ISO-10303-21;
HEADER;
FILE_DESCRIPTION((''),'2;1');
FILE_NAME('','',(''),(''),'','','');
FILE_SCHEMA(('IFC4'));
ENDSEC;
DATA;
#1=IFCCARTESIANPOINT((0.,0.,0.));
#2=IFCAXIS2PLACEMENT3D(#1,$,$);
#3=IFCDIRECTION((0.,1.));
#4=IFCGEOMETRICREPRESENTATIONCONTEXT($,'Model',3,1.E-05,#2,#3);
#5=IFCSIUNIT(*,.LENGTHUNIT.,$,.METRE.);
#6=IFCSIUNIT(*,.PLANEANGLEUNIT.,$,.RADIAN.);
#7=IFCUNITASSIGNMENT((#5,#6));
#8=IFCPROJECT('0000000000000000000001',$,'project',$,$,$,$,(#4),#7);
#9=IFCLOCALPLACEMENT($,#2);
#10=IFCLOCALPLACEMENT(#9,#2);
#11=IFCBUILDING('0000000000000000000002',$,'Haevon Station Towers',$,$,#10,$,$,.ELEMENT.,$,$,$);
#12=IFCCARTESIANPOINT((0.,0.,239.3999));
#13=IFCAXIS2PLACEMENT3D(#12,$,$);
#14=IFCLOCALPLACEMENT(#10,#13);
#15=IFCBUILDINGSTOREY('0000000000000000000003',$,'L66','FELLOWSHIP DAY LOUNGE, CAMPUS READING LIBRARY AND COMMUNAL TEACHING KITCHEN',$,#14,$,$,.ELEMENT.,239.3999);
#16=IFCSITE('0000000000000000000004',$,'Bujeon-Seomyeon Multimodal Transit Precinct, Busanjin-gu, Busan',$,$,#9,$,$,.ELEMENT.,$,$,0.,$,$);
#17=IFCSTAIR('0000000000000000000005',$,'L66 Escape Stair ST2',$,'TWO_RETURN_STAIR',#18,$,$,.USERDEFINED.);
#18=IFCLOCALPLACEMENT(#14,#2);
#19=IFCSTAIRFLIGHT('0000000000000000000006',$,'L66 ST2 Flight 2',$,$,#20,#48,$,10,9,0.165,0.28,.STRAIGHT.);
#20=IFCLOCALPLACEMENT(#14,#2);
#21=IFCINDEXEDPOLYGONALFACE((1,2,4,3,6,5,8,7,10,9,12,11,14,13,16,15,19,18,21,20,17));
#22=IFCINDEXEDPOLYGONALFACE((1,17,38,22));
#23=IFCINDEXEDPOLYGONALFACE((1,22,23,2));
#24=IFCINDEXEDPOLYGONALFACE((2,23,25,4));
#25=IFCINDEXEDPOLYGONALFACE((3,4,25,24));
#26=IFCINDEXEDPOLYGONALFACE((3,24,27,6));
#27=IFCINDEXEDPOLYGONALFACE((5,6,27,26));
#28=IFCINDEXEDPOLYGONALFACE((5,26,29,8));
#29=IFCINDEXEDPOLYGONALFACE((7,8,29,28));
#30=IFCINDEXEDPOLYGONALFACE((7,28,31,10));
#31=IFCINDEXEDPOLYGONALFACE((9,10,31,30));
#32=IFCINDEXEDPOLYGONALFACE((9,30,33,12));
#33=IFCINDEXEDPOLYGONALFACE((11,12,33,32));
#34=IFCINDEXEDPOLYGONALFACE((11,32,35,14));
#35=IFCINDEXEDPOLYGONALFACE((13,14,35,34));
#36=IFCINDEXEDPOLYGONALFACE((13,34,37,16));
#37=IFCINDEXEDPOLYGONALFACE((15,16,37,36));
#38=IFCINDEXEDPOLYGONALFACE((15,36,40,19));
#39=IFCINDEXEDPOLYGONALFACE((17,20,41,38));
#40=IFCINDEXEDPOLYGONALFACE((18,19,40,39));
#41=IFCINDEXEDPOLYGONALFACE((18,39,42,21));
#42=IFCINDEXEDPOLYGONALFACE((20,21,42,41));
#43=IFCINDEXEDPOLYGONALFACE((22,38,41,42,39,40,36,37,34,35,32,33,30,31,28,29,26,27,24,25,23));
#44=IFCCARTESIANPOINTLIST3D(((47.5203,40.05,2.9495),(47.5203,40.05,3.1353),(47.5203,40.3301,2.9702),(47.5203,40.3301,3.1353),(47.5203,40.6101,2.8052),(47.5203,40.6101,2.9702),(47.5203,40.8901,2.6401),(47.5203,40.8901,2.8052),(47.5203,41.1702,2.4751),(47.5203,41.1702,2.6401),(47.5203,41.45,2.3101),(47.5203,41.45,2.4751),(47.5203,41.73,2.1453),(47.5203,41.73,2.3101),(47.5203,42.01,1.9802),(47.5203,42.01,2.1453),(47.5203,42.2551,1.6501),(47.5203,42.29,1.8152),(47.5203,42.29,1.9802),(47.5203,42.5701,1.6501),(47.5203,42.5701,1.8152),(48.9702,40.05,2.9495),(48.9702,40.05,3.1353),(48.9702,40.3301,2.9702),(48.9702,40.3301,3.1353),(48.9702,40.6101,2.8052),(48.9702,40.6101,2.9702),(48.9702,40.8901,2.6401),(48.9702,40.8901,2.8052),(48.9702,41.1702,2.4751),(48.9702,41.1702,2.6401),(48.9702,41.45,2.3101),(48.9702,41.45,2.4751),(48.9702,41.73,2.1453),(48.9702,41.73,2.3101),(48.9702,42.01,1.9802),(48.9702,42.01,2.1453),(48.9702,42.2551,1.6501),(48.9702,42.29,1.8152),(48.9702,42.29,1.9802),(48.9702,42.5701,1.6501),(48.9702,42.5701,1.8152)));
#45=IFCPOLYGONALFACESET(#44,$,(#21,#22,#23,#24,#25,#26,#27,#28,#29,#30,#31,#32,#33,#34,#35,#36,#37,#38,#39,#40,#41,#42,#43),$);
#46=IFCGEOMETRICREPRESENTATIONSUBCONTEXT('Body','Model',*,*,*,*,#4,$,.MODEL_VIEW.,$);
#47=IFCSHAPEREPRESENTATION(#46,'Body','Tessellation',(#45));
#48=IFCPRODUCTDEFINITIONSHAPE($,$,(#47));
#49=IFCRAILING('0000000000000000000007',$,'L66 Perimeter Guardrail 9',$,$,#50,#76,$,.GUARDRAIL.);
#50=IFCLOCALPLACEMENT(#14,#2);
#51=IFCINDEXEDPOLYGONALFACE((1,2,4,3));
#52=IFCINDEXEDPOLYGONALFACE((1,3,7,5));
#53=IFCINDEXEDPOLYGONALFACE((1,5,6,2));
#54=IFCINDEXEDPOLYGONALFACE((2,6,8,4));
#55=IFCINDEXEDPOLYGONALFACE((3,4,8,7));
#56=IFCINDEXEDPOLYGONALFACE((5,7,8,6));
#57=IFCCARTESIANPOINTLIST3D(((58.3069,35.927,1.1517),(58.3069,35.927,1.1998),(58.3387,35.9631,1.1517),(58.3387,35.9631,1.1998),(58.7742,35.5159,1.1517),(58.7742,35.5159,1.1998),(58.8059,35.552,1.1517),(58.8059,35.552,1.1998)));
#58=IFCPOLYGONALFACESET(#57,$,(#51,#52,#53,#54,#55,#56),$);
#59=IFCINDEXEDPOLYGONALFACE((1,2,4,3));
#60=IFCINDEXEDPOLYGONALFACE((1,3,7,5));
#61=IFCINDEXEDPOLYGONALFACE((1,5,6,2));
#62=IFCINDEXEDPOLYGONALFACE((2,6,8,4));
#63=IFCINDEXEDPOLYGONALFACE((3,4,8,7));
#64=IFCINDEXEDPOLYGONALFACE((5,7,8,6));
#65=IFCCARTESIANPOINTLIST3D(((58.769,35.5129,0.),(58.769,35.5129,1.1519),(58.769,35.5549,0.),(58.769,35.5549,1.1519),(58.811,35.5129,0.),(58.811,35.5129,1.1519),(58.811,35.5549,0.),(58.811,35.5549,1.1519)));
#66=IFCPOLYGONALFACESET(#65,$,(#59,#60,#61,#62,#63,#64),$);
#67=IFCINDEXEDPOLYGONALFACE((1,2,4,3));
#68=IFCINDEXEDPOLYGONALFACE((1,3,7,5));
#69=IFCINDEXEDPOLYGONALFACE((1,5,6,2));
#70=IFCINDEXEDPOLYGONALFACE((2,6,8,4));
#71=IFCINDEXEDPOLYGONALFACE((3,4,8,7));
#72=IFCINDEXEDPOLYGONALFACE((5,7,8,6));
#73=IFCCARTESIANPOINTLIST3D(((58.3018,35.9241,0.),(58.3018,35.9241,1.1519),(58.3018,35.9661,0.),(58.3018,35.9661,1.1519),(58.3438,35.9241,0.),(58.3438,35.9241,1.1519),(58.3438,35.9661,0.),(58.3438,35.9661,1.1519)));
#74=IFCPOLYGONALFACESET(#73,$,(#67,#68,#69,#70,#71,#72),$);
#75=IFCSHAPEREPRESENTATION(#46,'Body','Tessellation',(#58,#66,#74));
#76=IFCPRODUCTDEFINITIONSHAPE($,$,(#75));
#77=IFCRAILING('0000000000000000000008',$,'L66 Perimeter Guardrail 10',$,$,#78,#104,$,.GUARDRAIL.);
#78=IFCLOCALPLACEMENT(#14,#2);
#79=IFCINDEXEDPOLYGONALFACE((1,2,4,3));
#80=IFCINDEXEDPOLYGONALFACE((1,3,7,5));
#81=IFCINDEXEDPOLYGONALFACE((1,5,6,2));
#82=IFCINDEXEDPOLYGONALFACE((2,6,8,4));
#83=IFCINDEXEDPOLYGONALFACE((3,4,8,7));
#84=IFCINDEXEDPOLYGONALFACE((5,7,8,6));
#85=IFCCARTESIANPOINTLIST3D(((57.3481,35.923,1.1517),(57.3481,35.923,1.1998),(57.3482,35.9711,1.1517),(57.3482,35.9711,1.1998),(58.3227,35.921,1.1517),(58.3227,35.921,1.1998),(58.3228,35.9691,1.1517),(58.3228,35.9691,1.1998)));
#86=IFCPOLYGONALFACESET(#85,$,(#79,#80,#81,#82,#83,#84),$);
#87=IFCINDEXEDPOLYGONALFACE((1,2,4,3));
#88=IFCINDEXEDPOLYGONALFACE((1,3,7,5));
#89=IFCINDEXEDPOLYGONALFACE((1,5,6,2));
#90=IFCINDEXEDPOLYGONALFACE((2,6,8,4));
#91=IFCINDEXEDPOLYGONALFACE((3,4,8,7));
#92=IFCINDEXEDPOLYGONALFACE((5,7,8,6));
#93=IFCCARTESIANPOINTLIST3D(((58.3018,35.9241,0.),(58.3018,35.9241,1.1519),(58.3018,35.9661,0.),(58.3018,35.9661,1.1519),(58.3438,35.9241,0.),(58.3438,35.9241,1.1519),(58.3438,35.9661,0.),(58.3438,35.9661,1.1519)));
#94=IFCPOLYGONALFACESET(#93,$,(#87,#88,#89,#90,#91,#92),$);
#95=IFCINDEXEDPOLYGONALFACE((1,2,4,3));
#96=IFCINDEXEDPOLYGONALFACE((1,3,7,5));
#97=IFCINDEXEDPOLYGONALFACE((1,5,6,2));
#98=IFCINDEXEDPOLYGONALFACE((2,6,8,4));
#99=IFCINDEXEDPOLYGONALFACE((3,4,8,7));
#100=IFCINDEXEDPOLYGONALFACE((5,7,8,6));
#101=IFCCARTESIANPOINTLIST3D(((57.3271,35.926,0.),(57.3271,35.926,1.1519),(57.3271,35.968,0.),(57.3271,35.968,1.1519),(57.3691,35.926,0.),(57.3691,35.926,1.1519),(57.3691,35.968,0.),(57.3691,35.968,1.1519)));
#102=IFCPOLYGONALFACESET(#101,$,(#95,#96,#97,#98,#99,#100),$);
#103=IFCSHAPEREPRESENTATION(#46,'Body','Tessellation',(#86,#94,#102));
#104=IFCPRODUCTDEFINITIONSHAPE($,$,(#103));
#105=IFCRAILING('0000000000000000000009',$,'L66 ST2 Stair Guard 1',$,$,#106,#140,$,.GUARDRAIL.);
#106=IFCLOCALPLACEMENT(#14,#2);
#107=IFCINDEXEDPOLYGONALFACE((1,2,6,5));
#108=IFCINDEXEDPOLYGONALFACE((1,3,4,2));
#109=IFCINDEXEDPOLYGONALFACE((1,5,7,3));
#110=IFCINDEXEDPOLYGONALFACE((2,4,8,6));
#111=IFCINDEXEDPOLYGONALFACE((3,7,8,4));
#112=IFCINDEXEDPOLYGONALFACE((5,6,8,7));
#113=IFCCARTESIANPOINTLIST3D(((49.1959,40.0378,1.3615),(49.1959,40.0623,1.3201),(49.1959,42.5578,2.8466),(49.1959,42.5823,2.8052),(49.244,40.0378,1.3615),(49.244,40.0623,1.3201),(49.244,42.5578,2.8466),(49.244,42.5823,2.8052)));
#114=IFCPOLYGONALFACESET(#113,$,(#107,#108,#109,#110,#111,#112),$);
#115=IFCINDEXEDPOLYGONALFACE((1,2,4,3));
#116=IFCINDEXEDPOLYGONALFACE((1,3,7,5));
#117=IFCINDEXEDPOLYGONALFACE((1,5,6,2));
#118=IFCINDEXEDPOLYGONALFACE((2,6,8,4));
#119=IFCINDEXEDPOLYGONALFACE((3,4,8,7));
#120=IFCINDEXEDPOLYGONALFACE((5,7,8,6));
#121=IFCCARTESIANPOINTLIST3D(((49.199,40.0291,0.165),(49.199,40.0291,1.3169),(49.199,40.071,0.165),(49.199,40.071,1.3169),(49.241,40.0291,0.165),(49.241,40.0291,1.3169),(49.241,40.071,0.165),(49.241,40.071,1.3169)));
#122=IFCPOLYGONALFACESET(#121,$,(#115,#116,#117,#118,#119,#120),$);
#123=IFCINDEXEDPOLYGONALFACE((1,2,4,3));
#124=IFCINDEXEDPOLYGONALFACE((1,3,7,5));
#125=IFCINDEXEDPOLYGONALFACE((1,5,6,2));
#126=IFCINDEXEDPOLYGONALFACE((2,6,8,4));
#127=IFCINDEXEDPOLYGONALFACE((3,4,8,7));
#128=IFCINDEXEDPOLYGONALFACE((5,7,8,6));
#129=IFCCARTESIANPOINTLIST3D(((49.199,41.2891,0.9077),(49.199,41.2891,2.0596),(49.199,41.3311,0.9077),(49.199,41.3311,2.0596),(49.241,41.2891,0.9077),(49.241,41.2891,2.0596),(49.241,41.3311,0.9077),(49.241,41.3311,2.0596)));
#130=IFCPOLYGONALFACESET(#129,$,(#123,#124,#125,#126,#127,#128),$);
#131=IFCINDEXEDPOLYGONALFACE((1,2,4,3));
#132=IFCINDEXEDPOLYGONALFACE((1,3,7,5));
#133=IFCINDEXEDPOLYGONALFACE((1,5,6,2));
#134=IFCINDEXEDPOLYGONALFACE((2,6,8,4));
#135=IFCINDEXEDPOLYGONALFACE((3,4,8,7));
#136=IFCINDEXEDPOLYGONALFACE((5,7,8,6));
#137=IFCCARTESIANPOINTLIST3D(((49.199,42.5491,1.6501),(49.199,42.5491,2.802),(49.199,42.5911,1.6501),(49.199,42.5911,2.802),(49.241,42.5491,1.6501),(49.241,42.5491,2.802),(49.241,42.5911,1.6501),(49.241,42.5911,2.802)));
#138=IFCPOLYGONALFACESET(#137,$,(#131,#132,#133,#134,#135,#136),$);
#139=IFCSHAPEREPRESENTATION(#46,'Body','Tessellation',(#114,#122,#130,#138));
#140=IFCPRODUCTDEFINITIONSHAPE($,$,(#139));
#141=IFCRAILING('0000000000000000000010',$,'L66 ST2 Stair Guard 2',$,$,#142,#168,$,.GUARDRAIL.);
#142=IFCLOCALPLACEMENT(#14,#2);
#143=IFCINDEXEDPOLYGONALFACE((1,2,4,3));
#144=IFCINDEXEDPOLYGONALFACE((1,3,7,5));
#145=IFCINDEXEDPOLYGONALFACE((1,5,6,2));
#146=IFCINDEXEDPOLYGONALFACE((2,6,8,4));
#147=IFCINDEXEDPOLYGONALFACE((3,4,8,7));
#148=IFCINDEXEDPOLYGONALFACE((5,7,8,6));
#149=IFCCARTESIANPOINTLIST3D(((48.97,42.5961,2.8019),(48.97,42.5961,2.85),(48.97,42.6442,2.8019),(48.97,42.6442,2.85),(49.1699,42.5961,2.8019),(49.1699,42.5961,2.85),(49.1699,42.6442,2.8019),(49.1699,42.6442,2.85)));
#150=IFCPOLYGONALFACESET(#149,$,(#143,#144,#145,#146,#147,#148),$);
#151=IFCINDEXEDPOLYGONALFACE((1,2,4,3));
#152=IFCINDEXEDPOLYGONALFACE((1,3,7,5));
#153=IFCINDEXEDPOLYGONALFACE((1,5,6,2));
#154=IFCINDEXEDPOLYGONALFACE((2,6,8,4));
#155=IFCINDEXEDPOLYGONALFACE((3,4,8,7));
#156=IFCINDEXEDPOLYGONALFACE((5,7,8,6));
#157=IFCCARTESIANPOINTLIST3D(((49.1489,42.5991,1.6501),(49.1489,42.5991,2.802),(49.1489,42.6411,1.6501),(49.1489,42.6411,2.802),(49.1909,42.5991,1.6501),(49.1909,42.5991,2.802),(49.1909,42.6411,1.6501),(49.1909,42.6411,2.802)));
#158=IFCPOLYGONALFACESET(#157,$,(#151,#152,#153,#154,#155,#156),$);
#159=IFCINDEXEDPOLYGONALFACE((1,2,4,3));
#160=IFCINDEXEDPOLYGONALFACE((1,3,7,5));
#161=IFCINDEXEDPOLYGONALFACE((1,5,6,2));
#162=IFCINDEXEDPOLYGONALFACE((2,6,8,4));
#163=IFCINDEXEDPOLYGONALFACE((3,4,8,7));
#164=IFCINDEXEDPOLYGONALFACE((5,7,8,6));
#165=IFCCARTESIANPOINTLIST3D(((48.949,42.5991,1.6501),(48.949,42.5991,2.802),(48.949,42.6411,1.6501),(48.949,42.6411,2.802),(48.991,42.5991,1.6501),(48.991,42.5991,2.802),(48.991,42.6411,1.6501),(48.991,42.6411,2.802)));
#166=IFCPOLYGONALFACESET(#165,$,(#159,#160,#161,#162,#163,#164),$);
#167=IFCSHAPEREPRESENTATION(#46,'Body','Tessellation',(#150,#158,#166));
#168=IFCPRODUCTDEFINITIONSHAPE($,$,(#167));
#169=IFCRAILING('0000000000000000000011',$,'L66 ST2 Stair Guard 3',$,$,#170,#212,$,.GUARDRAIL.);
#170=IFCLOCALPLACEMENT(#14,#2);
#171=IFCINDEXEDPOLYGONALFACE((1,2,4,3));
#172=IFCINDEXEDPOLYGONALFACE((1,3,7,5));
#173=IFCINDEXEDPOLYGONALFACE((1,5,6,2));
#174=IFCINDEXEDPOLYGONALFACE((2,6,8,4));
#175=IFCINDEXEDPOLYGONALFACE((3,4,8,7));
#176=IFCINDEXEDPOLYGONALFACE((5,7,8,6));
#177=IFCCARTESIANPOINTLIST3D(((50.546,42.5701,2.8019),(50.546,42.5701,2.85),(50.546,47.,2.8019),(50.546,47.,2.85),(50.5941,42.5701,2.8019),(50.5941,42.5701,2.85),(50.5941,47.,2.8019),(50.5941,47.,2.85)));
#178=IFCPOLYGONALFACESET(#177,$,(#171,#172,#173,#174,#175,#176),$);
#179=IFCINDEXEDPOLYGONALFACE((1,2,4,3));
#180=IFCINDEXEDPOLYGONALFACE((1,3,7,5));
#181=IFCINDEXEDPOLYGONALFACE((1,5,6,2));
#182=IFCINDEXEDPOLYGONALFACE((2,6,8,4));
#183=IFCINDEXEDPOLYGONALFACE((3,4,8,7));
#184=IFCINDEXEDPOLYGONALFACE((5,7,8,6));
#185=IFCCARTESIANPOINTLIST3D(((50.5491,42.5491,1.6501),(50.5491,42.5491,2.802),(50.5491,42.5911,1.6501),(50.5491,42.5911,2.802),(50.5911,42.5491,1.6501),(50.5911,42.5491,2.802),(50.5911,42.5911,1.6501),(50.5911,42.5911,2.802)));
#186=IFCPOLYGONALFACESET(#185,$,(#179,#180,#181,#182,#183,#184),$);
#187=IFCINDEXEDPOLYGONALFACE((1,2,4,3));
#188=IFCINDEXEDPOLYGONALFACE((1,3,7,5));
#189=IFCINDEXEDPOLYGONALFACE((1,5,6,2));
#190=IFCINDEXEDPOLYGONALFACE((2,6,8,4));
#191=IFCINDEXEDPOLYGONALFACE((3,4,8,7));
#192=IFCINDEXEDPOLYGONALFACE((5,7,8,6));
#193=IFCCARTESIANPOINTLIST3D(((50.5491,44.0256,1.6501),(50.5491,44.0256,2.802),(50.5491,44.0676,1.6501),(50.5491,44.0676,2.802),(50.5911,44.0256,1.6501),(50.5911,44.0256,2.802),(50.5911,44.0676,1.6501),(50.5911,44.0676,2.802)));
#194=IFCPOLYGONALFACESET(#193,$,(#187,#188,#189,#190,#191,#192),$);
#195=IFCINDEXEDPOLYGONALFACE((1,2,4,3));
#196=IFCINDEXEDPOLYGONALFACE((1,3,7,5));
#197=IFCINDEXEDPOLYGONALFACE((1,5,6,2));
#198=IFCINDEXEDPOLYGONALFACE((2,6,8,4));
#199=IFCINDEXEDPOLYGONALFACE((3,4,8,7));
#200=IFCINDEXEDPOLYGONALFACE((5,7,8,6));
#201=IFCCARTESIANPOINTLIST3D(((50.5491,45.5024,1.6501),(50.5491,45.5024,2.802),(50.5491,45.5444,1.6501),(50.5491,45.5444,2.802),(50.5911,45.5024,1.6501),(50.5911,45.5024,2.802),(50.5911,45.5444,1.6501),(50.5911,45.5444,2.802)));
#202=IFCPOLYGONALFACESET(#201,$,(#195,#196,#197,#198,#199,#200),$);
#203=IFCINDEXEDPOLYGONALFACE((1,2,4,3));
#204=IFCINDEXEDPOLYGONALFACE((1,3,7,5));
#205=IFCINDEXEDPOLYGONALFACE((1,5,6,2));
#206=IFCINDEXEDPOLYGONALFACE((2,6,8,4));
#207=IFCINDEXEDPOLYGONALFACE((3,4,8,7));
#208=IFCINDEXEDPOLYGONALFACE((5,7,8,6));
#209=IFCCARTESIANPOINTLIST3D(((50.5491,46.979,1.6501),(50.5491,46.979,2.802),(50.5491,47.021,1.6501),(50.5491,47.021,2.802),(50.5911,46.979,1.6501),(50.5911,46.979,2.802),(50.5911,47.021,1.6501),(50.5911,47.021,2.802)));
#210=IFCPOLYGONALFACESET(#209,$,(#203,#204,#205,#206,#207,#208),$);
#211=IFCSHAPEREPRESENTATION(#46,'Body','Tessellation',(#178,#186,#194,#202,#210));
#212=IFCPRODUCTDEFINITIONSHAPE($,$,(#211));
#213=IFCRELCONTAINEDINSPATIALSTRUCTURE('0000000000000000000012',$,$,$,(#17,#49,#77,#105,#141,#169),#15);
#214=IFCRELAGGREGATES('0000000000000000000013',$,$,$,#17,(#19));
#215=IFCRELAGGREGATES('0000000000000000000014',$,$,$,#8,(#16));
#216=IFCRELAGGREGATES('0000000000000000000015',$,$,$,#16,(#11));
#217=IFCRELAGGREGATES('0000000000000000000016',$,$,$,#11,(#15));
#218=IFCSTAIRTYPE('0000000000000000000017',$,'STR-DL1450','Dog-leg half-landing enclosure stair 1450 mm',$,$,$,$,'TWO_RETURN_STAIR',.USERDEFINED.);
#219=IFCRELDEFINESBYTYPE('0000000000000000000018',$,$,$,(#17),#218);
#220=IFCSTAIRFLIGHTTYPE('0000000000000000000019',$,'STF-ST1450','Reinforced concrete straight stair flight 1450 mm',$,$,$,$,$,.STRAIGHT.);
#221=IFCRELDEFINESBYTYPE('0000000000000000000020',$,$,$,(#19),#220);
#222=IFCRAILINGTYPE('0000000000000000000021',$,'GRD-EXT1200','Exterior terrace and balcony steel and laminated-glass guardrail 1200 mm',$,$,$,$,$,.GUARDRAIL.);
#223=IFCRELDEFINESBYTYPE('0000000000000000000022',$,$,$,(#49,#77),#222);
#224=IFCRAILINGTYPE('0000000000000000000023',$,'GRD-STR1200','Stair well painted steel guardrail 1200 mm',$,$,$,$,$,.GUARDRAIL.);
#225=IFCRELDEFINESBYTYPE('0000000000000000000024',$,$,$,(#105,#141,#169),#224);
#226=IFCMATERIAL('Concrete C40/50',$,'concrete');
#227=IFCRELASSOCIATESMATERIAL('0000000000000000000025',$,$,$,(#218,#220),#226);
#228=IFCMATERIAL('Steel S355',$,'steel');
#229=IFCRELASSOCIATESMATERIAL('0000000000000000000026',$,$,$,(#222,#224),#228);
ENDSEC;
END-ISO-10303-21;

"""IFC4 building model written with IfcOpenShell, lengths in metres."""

from ifc_helpers import new_model, si_unit, direction, frame, origin, origin_2d, place, context, subcontext, project, spatial, polyline, rectangle, outline, extrude, material, type_object, element, aggregate, save


model = new_model("IFC4")

# Units and contexts
model_context = context("Model", 3, precision=1e-05, world=origin(), true_north=direction((0.0, 1.0)))
body_context = subcontext(model_context, "Body", "Model", "MODEL_VIEW")
ifc_project = project(units=[si_unit("LENGTHUNIT", "METRE"), si_unit("PLANEANGLEUNIT", "RADIAN")], contexts=[model_context])

# Site, building, storey
site_placement = place(None, origin())
site = spatial("IfcSite", under=ifc_project, at=site_placement, Name="Bujeon-Seomyeon Multimodal Transit Precinct, Busanjin-gu, Busan", CompositionType="ELEMENT", RefElevation=0.0)
building_placement = place(site_placement, origin())
building = spatial("IfcBuilding", under=site, at=building_placement, Name="Haevon Station Towers", CompositionType="ELEMENT")
storey_placement = place(building_placement, frame((0.0, 0.0, 239.3999)))
storey = spatial("IfcBuildingStorey", under=building, at=storey_placement, Name="L66", Description="FELLOWSHIP DAY LOUNGE, CAMPUS READING LIBRARY AND COMMUNAL TEACHING KITCHEN", CompositionType="ELEMENT", Elevation=239.3999)

# Shared definitions
ifc_material_1 = material(Name="Steel S355", Category="steel")

# Stair, stair flight
ifc_material_2 = material(Name="Concrete C40/50", Category="concrete")
stair_type = type_object("IfcStairType", Name="STR-DL1450", Description="Dog-leg half-landing enclosure stair 1450 mm", ElementType="TWO_RETURN_STAIR", PredefinedType="USERDEFINED", material=ifc_material_2)
stair_placement = place(storey_placement, origin())
stair = element("IfcStair", 1, at=stair_placement, inside=storey, type_object=stair_type, Name="L66 Escape Stair ST2", ObjectType="TWO_RETURN_STAIR", PredefinedType="USERDEFINED")
stair_flight_type = type_object("IfcStairFlightType", Name="STF-ST1450", Description="Reinforced concrete straight stair flight 1450 mm", PredefinedType="STRAIGHT", material=ifc_material_2)
stair_flight_1_placement = place(storey_placement, frame((48.2451, 42.5701, 1.6501), z_axis=(0.0, 0.0, 1.0), x_axis=(0.0, -1.0, 0.0)))
stair_flight_1 = element("IfcStairFlight", 2, at=stair_flight_1_placement, type_object=stair_flight_type, Name="L66 ST2 Flight 2", NumberOfRisers=10, NumberOfTreads=9, PredefinedType="STRAIGHT", RiserHeight=0.165, TreadLength=0.28, context=body_context, shape_type="SweptSolid", body=[
    extrude(outline(polyline([(0.0, 0.0), (0.0, 0.165), (0.28, 0.165), (0.28, 0.3301), (0.5601, 0.3301), (0.5601, 0.4951), (0.8401, 0.4951), (0.8401, 0.6599), (1.1201, 0.6599), (1.1201, 0.825), (1.3999, 0.825), (1.3999, 0.99), (1.6799, 0.99), (1.6799, 1.155), (1.96, 1.155), (1.96, 1.3201), (2.24, 1.3201), (2.24, 1.4851), (2.52, 1.4851), (2.52, 1.6499), (2.52, 1.2993), (0.3149, 0.0), (0.0, 0.0)])), frame((0.0, 0.7251, 0.0), z_axis=(0.0, -1.0, 0.0), x_axis=(1.0, 0.0, 0.0)), (0.0, 0.0, 1.0), 1.45),
])
aggregate(stair, [stair_flight_1])

# Railings
railing_type_1 = type_object("IfcRailingType", Name="GRD-EXT1200", Description="Exterior terrace and balcony steel and laminated-glass guardrail 1200 mm", PredefinedType="GUARDRAIL", material=ifc_material_1)
railing_1_placement = place(storey_placement, frame((58.79, 35.5339, 0.0)))
element("IfcRailing", 3, at=railing_1_placement, inside=storey, type_object=railing_type_1, Name="L66 Perimeter Guardrail 9", PredefinedType="GUARDRAIL", context=body_context, shape_type="SweptSolid", body=[
    extrude(rectangle(XDim=0.0481, YDim=0.0481, at=origin_2d()), frame((0.0, 0.0, 1.1758), z_axis=(-0.750776, 0.660557, 0.0), x_axis=(-0.660557, -0.750776, 0.0)), (0.0, 0.0, 1.0), 0.6223),
    extrude(rectangle(XDim=0.042, YDim=0.042, at=origin_2d()), origin(), (0.0, 0.0, 1.0), 1.1519),
    extrude(rectangle(XDim=0.042, YDim=0.042, at=origin_2d()), frame((-0.4673, 0.4111, 0.0)), (0.0, 0.0, 1.0), 1.1519),
])
railing_2_placement = place(storey_placement, frame((58.3228, 35.9451, 0.0)))
element("IfcRailing", 4, at=railing_2_placement, inside=storey, type_object=railing_type_1, Name="L66 Perimeter Guardrail 10", PredefinedType="GUARDRAIL", context=body_context, shape_type="SweptSolid", body=[
    extrude(rectangle(XDim=0.0481, YDim=0.0481, at=origin_2d()), frame((0.0, 0.0, 1.1758), z_axis=(-0.999998, 0.002004, 0.0), x_axis=(-0.002004, -0.999998, 0.0)), (0.0, 0.0, 1.0), 0.9746),
    extrude(rectangle(XDim=0.042, YDim=0.042, at=origin_2d()), origin(), (0.0, 0.0, 1.0), 1.1519),
    extrude(rectangle(XDim=0.042, YDim=0.042, at=origin_2d()), frame((-0.9746, 0.002, 0.0)), (0.0, 0.0, 1.0), 1.1519),
])
railing_type_2 = type_object("IfcRailingType", Name="GRD-STR1200", Description="Stair well painted steel guardrail 1200 mm", PredefinedType="GUARDRAIL", material=ifc_material_1)
railing_3_placement = place(storey_placement, frame((49.22, 40.05, 0.165)))
element("IfcRailing", 5, at=railing_3_placement, inside=storey, type_object=railing_type_2, Name="L66 ST2 Stair Guard 1", PredefinedType="GUARDRAIL", context=body_context, shape_type="SweptSolid", body=[
    extrude(rectangle(XDim=0.0481, YDim=0.0481, at=origin_2d()), frame((0.0, 0.0, 1.1758), z_axis=(0.0, 0.861524, 0.507717), x_axis=(-1.0, 0.0, 0.0)), (0.0, 0.0, 1.0), 2.925),
    extrude(rectangle(XDim=0.042, YDim=0.042, at=origin_2d()), origin(), (0.0, 0.0, 1.0), 1.1519),
    extrude(rectangle(XDim=0.042, YDim=0.042, at=origin_2d()), frame((0.0, 1.26, 0.7427)), (0.0, 0.0, 1.0), 1.1519),
    extrude(rectangle(XDim=0.042, YDim=0.042, at=origin_2d()), frame((0.0, 2.52, 1.4851)), (0.0, 0.0, 1.0), 1.1519),
])
railing_4_placement = place(storey_placement, frame((49.1699, 42.6201, 1.6501)))
element("IfcRailing", 6, at=railing_4_placement, inside=storey, type_object=railing_type_2, Name="L66 ST2 Stair Guard 2", PredefinedType="GUARDRAIL", context=body_context, shape_type="SweptSolid", body=[
    extrude(rectangle(XDim=0.0481, YDim=0.0481, at=origin_2d()), frame((0.0, 0.0, 1.1758), z_axis=(-1.0, 0.0, 0.0), x_axis=(0.0, -1.0, 0.0)), (0.0, 0.0, 1.0), 0.2),
    extrude(rectangle(XDim=0.042, YDim=0.042, at=origin_2d()), origin(), (0.0, 0.0, 1.0), 1.1519),
    extrude(rectangle(XDim=0.042, YDim=0.042, at=origin_2d()), frame((-0.2, 0.0, 0.0)), (0.0, 0.0, 1.0), 1.1519),
])
railing_5_placement = place(storey_placement, frame((50.5701, 42.5701, 1.6501)))
element("IfcRailing", 7, at=railing_5_placement, inside=storey, type_object=railing_type_2, Name="L66 ST2 Stair Guard 3", PredefinedType="GUARDRAIL", context=body_context, shape_type="SweptSolid", body=[
    extrude(rectangle(XDim=0.0481, YDim=0.0481, at=origin_2d()), frame((0.0, 0.0, 1.1758), z_axis=(0.0, 1.0, 0.0), x_axis=(-1.0, 0.0, 0.0)), (0.0, 0.0, 1.0), 4.4299),
    extrude(rectangle(XDim=0.042, YDim=0.042, at=origin_2d()), origin(), (0.0, 0.0, 1.0), 1.1519),
    extrude(rectangle(XDim=0.042, YDim=0.042, at=origin_2d()), frame((0.0, 1.4766, 0.0)), (0.0, 0.0, 1.0), 1.1519),
    extrude(rectangle(XDim=0.042, YDim=0.042, at=origin_2d()), frame((0.0, 2.9534, 0.0)), (0.0, 0.0, 1.0), 1.1519),
    extrude(rectangle(XDim=0.042, YDim=0.042, at=origin_2d()), frame((0.0, 4.4299, 0.0)), (0.0, 0.0, 1.0), 1.1519),
])

save(model, "model.ifc")
